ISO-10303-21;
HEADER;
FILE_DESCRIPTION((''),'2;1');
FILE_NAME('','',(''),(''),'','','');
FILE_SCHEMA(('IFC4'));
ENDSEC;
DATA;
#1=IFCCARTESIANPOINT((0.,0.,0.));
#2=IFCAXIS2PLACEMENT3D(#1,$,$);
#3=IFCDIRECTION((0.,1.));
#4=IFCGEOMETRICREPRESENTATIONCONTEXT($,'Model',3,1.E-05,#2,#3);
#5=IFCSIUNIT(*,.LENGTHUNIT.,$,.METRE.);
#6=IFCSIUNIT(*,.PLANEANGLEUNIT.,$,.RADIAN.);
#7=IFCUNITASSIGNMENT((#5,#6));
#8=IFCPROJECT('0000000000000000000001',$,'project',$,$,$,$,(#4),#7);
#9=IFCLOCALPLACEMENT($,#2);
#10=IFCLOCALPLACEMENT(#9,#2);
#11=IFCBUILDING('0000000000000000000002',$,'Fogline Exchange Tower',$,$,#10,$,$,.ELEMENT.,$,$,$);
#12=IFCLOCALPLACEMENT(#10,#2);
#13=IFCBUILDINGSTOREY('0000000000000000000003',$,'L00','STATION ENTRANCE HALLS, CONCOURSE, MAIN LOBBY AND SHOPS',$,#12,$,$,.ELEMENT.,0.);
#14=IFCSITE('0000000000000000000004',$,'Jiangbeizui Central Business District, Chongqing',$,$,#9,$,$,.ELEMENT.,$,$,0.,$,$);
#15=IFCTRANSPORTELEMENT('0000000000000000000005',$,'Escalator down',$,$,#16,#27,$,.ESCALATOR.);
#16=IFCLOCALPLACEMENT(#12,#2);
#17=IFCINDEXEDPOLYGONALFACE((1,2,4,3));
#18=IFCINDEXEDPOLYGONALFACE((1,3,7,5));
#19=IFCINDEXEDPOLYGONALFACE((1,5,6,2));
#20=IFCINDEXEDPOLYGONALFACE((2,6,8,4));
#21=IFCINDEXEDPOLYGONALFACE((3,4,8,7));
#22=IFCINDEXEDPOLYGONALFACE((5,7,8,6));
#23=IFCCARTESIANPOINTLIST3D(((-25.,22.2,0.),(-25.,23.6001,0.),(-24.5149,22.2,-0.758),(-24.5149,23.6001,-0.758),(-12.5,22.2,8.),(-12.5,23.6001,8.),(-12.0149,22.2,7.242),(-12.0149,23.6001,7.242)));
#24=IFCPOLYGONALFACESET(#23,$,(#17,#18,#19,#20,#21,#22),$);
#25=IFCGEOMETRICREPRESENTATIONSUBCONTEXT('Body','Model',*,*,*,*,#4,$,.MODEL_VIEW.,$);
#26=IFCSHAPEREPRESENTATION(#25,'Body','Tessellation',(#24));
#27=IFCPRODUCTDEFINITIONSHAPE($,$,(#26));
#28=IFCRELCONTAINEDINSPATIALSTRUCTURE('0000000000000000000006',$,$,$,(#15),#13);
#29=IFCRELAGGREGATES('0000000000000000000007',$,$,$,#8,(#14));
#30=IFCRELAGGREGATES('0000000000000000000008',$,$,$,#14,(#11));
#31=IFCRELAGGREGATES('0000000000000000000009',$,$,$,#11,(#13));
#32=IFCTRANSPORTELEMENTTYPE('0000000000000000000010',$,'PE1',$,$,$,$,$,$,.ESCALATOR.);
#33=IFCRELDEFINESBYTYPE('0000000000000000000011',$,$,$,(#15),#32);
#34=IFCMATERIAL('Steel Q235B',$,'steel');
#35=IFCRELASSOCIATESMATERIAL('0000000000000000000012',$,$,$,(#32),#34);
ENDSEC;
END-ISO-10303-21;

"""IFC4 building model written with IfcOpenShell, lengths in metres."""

from ifc_helpers import new_model, si_unit, direction, frame, origin, place, context, subcontext, project, spatial, polyline, outline, extrude, material, type_object, element, save


model = new_model("IFC4")

# Units and contexts
model_context = context("Model", 3, precision=1e-05, world=origin(), true_north=direction((0.0, 1.0)))
body_context = subcontext(model_context, "Body", "Model", "MODEL_VIEW")
ifc_project = project(units=[si_unit("LENGTHUNIT", "METRE"), si_unit("PLANEANGLEUNIT", "RADIAN")], contexts=[model_context])

# Site, building, storey
site_placement = place(None, origin())
site = spatial("IfcSite", under=ifc_project, at=site_placement, Name="Jiangbeizui Central Business District, Chongqing", CompositionType="ELEMENT", RefElevation=0.0)
building_placement = place(site_placement, origin())
building = spatial("IfcBuilding", under=site, at=building_placement, Name="Fogline Exchange Tower", CompositionType="ELEMENT")
storey_placement = place(building_placement, origin())
storey = spatial("IfcBuildingStorey", under=building, at=storey_placement, Name="L00", Description="STATION ENTRANCE HALLS, CONCOURSE, MAIN LOBBY AND SHOPS", CompositionType="ELEMENT", Elevation=0.0)

# Shared definitions
ifc_material_1 = material(Name="Steel Q235B", Category="steel")

# Transport element
transport_element_type = type_object("IfcTransportElementType", Name="PE1", PredefinedType="ESCALATOR", material=ifc_material_1)
transport_element_1_placement = place(storey_placement, frame((-25.0, 22.2, 0.0), z_axis=(-0.539054, 0.0, 0.842271), x_axis=(0.0, 1.0, 0.0)))
element("IfcTransportElement", 1, at=transport_element_1_placement, inside=storey, type_object=transport_element_type, Name="Escalator down", PredefinedType="ESCALATOR", context=body_context, shape_type="SweptSolid", body=[
    extrude(outline(polyline([(0.0, 0.0), (1.4001, 0.0), (1.4001, -14.8408), (0.0, -14.8408), (0.0, 0.0)])), origin(), (0.0, 0.0, -1.0), 0.8999),
])

save(model, "model.ifc")
